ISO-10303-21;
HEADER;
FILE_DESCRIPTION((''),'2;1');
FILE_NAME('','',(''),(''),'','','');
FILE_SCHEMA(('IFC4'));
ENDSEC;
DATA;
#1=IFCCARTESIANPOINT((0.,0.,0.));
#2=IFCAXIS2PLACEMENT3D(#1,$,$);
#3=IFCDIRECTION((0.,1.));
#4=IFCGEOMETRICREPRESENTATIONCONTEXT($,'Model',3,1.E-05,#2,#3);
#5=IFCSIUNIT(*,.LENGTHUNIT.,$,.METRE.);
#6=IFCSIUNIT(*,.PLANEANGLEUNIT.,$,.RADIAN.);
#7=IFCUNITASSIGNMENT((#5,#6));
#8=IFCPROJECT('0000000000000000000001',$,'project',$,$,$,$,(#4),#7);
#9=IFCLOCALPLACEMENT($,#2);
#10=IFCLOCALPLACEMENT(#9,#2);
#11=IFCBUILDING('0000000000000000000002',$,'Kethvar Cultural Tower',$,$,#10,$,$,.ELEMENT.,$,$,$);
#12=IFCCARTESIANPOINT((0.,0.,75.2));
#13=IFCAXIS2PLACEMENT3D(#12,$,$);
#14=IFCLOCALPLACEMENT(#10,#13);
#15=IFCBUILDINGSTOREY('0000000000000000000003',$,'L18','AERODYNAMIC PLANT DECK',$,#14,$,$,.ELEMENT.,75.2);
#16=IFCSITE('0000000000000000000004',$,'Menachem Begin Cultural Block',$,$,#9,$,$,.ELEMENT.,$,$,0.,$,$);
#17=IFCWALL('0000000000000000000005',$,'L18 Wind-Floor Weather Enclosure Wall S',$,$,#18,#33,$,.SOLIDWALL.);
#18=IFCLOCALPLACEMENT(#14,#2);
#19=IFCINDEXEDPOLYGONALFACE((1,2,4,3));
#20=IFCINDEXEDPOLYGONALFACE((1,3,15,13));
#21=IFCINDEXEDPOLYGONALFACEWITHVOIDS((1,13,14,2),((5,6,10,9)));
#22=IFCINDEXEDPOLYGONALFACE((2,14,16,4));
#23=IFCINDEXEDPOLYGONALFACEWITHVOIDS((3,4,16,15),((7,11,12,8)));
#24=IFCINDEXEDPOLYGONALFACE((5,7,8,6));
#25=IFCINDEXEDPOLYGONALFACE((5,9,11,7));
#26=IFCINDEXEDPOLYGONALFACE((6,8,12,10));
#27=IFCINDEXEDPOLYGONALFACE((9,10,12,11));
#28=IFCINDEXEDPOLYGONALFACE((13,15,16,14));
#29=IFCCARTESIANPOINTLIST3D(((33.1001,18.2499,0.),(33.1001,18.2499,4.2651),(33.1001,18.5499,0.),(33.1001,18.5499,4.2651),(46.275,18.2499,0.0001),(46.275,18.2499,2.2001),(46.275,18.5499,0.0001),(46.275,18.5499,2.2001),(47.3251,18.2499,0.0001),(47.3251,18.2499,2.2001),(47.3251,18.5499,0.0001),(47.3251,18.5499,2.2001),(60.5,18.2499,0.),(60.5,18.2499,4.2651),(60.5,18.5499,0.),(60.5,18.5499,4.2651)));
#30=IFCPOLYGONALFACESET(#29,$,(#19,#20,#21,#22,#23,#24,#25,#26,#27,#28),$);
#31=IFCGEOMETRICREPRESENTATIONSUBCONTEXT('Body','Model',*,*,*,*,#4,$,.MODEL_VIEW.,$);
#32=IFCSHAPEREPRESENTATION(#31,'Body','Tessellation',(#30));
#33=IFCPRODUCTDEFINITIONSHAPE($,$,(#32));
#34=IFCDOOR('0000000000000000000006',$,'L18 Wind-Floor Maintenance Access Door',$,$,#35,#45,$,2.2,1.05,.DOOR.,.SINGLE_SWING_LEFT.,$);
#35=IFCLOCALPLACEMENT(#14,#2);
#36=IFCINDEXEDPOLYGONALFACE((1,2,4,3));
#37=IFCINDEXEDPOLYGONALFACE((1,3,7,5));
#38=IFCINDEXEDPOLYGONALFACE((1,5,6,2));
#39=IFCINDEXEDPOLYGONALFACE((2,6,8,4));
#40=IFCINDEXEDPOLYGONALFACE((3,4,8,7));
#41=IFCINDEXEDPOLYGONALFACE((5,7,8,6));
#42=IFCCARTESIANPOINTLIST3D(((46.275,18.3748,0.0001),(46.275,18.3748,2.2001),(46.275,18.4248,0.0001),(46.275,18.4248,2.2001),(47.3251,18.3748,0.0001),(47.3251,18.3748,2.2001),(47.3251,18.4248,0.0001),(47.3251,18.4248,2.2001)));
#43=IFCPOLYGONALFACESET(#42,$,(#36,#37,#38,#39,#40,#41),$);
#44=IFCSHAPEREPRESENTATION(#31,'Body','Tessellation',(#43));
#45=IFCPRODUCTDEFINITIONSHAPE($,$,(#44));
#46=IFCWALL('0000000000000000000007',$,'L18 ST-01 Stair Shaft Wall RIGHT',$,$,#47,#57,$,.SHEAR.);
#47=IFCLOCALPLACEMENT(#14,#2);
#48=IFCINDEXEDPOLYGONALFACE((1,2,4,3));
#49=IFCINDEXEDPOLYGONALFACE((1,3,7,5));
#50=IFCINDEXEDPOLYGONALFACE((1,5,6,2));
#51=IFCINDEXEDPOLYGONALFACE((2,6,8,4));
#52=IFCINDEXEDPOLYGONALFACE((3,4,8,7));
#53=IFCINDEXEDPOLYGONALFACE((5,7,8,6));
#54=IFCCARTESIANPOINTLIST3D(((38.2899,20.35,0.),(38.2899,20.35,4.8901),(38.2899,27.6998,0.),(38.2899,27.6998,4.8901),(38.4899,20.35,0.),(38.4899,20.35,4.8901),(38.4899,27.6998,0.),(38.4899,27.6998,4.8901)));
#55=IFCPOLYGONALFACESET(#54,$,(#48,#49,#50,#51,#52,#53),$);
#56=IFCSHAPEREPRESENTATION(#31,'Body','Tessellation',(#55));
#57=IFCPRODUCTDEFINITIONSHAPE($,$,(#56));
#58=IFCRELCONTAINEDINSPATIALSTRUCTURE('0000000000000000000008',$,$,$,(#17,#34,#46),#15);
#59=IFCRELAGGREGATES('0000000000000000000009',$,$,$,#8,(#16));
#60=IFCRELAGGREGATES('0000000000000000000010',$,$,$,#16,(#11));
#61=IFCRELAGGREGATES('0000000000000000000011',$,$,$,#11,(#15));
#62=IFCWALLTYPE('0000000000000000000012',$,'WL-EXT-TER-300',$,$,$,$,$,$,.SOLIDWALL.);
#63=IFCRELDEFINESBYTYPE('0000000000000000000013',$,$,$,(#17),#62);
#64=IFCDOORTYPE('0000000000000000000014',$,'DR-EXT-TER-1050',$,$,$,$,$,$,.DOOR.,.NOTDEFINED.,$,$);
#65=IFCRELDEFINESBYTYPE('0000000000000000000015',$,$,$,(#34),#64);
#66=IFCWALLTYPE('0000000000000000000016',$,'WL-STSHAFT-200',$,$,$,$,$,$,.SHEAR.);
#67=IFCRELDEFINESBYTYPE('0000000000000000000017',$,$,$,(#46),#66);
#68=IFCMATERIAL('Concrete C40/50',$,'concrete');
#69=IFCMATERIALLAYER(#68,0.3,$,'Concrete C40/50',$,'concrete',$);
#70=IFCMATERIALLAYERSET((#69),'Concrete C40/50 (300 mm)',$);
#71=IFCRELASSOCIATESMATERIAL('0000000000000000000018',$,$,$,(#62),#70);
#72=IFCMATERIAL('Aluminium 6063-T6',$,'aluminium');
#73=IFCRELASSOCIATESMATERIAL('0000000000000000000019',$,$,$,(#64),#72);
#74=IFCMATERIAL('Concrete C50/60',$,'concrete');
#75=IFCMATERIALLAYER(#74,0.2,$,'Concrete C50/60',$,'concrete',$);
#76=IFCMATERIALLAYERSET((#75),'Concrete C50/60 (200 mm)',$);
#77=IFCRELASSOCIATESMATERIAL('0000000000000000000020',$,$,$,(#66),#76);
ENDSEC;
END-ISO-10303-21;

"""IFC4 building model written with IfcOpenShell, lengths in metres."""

from ifc_helpers import new_model, si_unit, direction, frame, frame_2d, origin, place, context, subcontext, project, spatial, rectangle, extrude, source, transform, mapped, material, layer, layer_set, type_object, element, fill, save


model = new_model("IFC4")

# Units and contexts
model_context = context("Model", 3, precision=1e-05, world=origin(), true_north=direction((0.0, 1.0)))
body_context = subcontext(model_context, "Body", "Model", "MODEL_VIEW")
ifc_project = project(units=[si_unit("LENGTHUNIT", "METRE"), si_unit("PLANEANGLEUNIT", "RADIAN")], contexts=[model_context])

# Site, building, storey
site_placement = place(None, origin())
site = spatial("IfcSite", under=ifc_project, at=site_placement, Name="Menachem Begin Cultural Block", CompositionType="ELEMENT", RefElevation=0.0)
building_placement = place(site_placement, origin())
building = spatial("IfcBuilding", under=site, at=building_placement, Name="Kethvar Cultural Tower", CompositionType="ELEMENT")
storey_placement = place(building_placement, frame((0.0, 0.0, 75.2)))
storey = spatial("IfcBuildingStorey", under=building, at=storey_placement, Name="L18", Description="AERODYNAMIC PLANT DECK", CompositionType="ELEMENT", Elevation=75.2)

# Shared definitions
ifc_material_1 = material(Name="Concrete C40/50", Category="concrete")

# Wall, opening, door
ifc_layer_1 = layer(ifc_material_1, 0.3, Name="Concrete C40/50", Category="concrete")
ifc_layer_set_1 = layer_set([ifc_layer_1], Name="Concrete C40/50 (300 mm)")
wall_type_1 = type_object("IfcWallType", Name="WL-EXT-TER-300", PredefinedType="SOLIDWALL", material=ifc_layer_set_1)
wall_1_placement = place(storey_placement, frame((33.1001, 18.3999, 0.0), z_axis=(0.0, 0.0, 1.0), x_axis=(1.0, 0.0, 0.0)))
wall_1 = element("IfcWall", 1, at=wall_1_placement, inside=storey, type_object=wall_type_1, Name="L18 Wind-Floor Weather Enclosure Wall S", PredefinedType="SOLIDWALL", context=body_context, shape_type="SweptSolid", body=[
    extrude(rectangle(XDim=27.3999, YDim=0.3, at=frame_2d((13.7, 0.0))), origin(), (0.0, 0.0, 1.0), 4.2651),
])
opening_1_placement = place(wall_1_placement, frame((13.175, 0.0, 0.0)))
opening_1 = element("IfcOpeningElement", 2, at=opening_1_placement, cuts=wall_1, PredefinedType="OPENING", context=body_context, shape_type="SweptSolid", body=[
    extrude(rectangle(XDim=1.05, YDim=2.2, at=frame_2d((0.5249, 1.1001))), frame((0.0, 0.1599, 0.0), z_axis=(0.0, -1.0, 0.0), x_axis=(1.0, 0.0, 0.0)), (0.0, 0.0, 1.0), 0.3201),
])
ifc_material_2 = material(Name="Aluminium 6063-T6", Category="aluminium")
door_type_1 = type_object("IfcDoorType", Name="DR-EXT-TER-1050", OperationType="NOTDEFINED", PredefinedType="DOOR", material=ifc_material_2)
shared_shape_1 = source(origin(), body_context, "Body", "SweptSolid", [
    extrude(rectangle(XDim=1.05, YDim=2.2, at=frame_2d((0.5249, 1.1001))), frame((0.0, 0.0249, 0.0), z_axis=(0.0, -1.0, 0.0), x_axis=(1.0, 0.0, 0.0)), (0.0, 0.0, 1.0), 0.05),
])
door_1_placement = place(opening_1_placement, origin())
door_1 = element("IfcDoor", 3, at=door_1_placement, inside=storey, type_object=door_type_1, Name="L18 Wind-Floor Maintenance Access Door", OperationType="SINGLE_SWING_LEFT", OverallHeight=2.2, OverallWidth=1.05, PredefinedType="DOOR", context=body_context, shape_type="MappedRepresentation", body=[
    mapped(shared_shape_1, transform((0.0, 0.0, 0.0), scale=1.0)),
])
fill(opening_1, door_1)

# Wall
ifc_material_3 = material(Name="Concrete C50/60", Category="concrete")
ifc_layer_2 = layer(ifc_material_3, 0.2, Name="Concrete C50/60", Category="concrete")
ifc_layer_set_2 = layer_set([ifc_layer_2], Name="Concrete C50/60 (200 mm)")
wall_type_2 = type_object("IfcWallType", Name="WL-STSHAFT-200", PredefinedType="SHEAR", material=ifc_layer_set_2)
wall_2_placement = place(storey_placement, frame((38.3899, 20.3501, 0.0), z_axis=(0.0, 0.0, 1.0), x_axis=(0.0, 1.0, 0.0)))
element("IfcWall", 4, at=wall_2_placement, inside=storey, type_object=wall_type_2, Name="L18 ST-01 Stair Shaft Wall RIGHT", PredefinedType="SHEAR", context=body_context, shape_type="SweptSolid", body=[
    extrude(rectangle(XDim=7.3499, YDim=0.2, at=frame_2d((3.6748, 0.0))), origin(), (0.0, 0.0, 1.0), 4.8901),
])

save(model, "model.ifc")
